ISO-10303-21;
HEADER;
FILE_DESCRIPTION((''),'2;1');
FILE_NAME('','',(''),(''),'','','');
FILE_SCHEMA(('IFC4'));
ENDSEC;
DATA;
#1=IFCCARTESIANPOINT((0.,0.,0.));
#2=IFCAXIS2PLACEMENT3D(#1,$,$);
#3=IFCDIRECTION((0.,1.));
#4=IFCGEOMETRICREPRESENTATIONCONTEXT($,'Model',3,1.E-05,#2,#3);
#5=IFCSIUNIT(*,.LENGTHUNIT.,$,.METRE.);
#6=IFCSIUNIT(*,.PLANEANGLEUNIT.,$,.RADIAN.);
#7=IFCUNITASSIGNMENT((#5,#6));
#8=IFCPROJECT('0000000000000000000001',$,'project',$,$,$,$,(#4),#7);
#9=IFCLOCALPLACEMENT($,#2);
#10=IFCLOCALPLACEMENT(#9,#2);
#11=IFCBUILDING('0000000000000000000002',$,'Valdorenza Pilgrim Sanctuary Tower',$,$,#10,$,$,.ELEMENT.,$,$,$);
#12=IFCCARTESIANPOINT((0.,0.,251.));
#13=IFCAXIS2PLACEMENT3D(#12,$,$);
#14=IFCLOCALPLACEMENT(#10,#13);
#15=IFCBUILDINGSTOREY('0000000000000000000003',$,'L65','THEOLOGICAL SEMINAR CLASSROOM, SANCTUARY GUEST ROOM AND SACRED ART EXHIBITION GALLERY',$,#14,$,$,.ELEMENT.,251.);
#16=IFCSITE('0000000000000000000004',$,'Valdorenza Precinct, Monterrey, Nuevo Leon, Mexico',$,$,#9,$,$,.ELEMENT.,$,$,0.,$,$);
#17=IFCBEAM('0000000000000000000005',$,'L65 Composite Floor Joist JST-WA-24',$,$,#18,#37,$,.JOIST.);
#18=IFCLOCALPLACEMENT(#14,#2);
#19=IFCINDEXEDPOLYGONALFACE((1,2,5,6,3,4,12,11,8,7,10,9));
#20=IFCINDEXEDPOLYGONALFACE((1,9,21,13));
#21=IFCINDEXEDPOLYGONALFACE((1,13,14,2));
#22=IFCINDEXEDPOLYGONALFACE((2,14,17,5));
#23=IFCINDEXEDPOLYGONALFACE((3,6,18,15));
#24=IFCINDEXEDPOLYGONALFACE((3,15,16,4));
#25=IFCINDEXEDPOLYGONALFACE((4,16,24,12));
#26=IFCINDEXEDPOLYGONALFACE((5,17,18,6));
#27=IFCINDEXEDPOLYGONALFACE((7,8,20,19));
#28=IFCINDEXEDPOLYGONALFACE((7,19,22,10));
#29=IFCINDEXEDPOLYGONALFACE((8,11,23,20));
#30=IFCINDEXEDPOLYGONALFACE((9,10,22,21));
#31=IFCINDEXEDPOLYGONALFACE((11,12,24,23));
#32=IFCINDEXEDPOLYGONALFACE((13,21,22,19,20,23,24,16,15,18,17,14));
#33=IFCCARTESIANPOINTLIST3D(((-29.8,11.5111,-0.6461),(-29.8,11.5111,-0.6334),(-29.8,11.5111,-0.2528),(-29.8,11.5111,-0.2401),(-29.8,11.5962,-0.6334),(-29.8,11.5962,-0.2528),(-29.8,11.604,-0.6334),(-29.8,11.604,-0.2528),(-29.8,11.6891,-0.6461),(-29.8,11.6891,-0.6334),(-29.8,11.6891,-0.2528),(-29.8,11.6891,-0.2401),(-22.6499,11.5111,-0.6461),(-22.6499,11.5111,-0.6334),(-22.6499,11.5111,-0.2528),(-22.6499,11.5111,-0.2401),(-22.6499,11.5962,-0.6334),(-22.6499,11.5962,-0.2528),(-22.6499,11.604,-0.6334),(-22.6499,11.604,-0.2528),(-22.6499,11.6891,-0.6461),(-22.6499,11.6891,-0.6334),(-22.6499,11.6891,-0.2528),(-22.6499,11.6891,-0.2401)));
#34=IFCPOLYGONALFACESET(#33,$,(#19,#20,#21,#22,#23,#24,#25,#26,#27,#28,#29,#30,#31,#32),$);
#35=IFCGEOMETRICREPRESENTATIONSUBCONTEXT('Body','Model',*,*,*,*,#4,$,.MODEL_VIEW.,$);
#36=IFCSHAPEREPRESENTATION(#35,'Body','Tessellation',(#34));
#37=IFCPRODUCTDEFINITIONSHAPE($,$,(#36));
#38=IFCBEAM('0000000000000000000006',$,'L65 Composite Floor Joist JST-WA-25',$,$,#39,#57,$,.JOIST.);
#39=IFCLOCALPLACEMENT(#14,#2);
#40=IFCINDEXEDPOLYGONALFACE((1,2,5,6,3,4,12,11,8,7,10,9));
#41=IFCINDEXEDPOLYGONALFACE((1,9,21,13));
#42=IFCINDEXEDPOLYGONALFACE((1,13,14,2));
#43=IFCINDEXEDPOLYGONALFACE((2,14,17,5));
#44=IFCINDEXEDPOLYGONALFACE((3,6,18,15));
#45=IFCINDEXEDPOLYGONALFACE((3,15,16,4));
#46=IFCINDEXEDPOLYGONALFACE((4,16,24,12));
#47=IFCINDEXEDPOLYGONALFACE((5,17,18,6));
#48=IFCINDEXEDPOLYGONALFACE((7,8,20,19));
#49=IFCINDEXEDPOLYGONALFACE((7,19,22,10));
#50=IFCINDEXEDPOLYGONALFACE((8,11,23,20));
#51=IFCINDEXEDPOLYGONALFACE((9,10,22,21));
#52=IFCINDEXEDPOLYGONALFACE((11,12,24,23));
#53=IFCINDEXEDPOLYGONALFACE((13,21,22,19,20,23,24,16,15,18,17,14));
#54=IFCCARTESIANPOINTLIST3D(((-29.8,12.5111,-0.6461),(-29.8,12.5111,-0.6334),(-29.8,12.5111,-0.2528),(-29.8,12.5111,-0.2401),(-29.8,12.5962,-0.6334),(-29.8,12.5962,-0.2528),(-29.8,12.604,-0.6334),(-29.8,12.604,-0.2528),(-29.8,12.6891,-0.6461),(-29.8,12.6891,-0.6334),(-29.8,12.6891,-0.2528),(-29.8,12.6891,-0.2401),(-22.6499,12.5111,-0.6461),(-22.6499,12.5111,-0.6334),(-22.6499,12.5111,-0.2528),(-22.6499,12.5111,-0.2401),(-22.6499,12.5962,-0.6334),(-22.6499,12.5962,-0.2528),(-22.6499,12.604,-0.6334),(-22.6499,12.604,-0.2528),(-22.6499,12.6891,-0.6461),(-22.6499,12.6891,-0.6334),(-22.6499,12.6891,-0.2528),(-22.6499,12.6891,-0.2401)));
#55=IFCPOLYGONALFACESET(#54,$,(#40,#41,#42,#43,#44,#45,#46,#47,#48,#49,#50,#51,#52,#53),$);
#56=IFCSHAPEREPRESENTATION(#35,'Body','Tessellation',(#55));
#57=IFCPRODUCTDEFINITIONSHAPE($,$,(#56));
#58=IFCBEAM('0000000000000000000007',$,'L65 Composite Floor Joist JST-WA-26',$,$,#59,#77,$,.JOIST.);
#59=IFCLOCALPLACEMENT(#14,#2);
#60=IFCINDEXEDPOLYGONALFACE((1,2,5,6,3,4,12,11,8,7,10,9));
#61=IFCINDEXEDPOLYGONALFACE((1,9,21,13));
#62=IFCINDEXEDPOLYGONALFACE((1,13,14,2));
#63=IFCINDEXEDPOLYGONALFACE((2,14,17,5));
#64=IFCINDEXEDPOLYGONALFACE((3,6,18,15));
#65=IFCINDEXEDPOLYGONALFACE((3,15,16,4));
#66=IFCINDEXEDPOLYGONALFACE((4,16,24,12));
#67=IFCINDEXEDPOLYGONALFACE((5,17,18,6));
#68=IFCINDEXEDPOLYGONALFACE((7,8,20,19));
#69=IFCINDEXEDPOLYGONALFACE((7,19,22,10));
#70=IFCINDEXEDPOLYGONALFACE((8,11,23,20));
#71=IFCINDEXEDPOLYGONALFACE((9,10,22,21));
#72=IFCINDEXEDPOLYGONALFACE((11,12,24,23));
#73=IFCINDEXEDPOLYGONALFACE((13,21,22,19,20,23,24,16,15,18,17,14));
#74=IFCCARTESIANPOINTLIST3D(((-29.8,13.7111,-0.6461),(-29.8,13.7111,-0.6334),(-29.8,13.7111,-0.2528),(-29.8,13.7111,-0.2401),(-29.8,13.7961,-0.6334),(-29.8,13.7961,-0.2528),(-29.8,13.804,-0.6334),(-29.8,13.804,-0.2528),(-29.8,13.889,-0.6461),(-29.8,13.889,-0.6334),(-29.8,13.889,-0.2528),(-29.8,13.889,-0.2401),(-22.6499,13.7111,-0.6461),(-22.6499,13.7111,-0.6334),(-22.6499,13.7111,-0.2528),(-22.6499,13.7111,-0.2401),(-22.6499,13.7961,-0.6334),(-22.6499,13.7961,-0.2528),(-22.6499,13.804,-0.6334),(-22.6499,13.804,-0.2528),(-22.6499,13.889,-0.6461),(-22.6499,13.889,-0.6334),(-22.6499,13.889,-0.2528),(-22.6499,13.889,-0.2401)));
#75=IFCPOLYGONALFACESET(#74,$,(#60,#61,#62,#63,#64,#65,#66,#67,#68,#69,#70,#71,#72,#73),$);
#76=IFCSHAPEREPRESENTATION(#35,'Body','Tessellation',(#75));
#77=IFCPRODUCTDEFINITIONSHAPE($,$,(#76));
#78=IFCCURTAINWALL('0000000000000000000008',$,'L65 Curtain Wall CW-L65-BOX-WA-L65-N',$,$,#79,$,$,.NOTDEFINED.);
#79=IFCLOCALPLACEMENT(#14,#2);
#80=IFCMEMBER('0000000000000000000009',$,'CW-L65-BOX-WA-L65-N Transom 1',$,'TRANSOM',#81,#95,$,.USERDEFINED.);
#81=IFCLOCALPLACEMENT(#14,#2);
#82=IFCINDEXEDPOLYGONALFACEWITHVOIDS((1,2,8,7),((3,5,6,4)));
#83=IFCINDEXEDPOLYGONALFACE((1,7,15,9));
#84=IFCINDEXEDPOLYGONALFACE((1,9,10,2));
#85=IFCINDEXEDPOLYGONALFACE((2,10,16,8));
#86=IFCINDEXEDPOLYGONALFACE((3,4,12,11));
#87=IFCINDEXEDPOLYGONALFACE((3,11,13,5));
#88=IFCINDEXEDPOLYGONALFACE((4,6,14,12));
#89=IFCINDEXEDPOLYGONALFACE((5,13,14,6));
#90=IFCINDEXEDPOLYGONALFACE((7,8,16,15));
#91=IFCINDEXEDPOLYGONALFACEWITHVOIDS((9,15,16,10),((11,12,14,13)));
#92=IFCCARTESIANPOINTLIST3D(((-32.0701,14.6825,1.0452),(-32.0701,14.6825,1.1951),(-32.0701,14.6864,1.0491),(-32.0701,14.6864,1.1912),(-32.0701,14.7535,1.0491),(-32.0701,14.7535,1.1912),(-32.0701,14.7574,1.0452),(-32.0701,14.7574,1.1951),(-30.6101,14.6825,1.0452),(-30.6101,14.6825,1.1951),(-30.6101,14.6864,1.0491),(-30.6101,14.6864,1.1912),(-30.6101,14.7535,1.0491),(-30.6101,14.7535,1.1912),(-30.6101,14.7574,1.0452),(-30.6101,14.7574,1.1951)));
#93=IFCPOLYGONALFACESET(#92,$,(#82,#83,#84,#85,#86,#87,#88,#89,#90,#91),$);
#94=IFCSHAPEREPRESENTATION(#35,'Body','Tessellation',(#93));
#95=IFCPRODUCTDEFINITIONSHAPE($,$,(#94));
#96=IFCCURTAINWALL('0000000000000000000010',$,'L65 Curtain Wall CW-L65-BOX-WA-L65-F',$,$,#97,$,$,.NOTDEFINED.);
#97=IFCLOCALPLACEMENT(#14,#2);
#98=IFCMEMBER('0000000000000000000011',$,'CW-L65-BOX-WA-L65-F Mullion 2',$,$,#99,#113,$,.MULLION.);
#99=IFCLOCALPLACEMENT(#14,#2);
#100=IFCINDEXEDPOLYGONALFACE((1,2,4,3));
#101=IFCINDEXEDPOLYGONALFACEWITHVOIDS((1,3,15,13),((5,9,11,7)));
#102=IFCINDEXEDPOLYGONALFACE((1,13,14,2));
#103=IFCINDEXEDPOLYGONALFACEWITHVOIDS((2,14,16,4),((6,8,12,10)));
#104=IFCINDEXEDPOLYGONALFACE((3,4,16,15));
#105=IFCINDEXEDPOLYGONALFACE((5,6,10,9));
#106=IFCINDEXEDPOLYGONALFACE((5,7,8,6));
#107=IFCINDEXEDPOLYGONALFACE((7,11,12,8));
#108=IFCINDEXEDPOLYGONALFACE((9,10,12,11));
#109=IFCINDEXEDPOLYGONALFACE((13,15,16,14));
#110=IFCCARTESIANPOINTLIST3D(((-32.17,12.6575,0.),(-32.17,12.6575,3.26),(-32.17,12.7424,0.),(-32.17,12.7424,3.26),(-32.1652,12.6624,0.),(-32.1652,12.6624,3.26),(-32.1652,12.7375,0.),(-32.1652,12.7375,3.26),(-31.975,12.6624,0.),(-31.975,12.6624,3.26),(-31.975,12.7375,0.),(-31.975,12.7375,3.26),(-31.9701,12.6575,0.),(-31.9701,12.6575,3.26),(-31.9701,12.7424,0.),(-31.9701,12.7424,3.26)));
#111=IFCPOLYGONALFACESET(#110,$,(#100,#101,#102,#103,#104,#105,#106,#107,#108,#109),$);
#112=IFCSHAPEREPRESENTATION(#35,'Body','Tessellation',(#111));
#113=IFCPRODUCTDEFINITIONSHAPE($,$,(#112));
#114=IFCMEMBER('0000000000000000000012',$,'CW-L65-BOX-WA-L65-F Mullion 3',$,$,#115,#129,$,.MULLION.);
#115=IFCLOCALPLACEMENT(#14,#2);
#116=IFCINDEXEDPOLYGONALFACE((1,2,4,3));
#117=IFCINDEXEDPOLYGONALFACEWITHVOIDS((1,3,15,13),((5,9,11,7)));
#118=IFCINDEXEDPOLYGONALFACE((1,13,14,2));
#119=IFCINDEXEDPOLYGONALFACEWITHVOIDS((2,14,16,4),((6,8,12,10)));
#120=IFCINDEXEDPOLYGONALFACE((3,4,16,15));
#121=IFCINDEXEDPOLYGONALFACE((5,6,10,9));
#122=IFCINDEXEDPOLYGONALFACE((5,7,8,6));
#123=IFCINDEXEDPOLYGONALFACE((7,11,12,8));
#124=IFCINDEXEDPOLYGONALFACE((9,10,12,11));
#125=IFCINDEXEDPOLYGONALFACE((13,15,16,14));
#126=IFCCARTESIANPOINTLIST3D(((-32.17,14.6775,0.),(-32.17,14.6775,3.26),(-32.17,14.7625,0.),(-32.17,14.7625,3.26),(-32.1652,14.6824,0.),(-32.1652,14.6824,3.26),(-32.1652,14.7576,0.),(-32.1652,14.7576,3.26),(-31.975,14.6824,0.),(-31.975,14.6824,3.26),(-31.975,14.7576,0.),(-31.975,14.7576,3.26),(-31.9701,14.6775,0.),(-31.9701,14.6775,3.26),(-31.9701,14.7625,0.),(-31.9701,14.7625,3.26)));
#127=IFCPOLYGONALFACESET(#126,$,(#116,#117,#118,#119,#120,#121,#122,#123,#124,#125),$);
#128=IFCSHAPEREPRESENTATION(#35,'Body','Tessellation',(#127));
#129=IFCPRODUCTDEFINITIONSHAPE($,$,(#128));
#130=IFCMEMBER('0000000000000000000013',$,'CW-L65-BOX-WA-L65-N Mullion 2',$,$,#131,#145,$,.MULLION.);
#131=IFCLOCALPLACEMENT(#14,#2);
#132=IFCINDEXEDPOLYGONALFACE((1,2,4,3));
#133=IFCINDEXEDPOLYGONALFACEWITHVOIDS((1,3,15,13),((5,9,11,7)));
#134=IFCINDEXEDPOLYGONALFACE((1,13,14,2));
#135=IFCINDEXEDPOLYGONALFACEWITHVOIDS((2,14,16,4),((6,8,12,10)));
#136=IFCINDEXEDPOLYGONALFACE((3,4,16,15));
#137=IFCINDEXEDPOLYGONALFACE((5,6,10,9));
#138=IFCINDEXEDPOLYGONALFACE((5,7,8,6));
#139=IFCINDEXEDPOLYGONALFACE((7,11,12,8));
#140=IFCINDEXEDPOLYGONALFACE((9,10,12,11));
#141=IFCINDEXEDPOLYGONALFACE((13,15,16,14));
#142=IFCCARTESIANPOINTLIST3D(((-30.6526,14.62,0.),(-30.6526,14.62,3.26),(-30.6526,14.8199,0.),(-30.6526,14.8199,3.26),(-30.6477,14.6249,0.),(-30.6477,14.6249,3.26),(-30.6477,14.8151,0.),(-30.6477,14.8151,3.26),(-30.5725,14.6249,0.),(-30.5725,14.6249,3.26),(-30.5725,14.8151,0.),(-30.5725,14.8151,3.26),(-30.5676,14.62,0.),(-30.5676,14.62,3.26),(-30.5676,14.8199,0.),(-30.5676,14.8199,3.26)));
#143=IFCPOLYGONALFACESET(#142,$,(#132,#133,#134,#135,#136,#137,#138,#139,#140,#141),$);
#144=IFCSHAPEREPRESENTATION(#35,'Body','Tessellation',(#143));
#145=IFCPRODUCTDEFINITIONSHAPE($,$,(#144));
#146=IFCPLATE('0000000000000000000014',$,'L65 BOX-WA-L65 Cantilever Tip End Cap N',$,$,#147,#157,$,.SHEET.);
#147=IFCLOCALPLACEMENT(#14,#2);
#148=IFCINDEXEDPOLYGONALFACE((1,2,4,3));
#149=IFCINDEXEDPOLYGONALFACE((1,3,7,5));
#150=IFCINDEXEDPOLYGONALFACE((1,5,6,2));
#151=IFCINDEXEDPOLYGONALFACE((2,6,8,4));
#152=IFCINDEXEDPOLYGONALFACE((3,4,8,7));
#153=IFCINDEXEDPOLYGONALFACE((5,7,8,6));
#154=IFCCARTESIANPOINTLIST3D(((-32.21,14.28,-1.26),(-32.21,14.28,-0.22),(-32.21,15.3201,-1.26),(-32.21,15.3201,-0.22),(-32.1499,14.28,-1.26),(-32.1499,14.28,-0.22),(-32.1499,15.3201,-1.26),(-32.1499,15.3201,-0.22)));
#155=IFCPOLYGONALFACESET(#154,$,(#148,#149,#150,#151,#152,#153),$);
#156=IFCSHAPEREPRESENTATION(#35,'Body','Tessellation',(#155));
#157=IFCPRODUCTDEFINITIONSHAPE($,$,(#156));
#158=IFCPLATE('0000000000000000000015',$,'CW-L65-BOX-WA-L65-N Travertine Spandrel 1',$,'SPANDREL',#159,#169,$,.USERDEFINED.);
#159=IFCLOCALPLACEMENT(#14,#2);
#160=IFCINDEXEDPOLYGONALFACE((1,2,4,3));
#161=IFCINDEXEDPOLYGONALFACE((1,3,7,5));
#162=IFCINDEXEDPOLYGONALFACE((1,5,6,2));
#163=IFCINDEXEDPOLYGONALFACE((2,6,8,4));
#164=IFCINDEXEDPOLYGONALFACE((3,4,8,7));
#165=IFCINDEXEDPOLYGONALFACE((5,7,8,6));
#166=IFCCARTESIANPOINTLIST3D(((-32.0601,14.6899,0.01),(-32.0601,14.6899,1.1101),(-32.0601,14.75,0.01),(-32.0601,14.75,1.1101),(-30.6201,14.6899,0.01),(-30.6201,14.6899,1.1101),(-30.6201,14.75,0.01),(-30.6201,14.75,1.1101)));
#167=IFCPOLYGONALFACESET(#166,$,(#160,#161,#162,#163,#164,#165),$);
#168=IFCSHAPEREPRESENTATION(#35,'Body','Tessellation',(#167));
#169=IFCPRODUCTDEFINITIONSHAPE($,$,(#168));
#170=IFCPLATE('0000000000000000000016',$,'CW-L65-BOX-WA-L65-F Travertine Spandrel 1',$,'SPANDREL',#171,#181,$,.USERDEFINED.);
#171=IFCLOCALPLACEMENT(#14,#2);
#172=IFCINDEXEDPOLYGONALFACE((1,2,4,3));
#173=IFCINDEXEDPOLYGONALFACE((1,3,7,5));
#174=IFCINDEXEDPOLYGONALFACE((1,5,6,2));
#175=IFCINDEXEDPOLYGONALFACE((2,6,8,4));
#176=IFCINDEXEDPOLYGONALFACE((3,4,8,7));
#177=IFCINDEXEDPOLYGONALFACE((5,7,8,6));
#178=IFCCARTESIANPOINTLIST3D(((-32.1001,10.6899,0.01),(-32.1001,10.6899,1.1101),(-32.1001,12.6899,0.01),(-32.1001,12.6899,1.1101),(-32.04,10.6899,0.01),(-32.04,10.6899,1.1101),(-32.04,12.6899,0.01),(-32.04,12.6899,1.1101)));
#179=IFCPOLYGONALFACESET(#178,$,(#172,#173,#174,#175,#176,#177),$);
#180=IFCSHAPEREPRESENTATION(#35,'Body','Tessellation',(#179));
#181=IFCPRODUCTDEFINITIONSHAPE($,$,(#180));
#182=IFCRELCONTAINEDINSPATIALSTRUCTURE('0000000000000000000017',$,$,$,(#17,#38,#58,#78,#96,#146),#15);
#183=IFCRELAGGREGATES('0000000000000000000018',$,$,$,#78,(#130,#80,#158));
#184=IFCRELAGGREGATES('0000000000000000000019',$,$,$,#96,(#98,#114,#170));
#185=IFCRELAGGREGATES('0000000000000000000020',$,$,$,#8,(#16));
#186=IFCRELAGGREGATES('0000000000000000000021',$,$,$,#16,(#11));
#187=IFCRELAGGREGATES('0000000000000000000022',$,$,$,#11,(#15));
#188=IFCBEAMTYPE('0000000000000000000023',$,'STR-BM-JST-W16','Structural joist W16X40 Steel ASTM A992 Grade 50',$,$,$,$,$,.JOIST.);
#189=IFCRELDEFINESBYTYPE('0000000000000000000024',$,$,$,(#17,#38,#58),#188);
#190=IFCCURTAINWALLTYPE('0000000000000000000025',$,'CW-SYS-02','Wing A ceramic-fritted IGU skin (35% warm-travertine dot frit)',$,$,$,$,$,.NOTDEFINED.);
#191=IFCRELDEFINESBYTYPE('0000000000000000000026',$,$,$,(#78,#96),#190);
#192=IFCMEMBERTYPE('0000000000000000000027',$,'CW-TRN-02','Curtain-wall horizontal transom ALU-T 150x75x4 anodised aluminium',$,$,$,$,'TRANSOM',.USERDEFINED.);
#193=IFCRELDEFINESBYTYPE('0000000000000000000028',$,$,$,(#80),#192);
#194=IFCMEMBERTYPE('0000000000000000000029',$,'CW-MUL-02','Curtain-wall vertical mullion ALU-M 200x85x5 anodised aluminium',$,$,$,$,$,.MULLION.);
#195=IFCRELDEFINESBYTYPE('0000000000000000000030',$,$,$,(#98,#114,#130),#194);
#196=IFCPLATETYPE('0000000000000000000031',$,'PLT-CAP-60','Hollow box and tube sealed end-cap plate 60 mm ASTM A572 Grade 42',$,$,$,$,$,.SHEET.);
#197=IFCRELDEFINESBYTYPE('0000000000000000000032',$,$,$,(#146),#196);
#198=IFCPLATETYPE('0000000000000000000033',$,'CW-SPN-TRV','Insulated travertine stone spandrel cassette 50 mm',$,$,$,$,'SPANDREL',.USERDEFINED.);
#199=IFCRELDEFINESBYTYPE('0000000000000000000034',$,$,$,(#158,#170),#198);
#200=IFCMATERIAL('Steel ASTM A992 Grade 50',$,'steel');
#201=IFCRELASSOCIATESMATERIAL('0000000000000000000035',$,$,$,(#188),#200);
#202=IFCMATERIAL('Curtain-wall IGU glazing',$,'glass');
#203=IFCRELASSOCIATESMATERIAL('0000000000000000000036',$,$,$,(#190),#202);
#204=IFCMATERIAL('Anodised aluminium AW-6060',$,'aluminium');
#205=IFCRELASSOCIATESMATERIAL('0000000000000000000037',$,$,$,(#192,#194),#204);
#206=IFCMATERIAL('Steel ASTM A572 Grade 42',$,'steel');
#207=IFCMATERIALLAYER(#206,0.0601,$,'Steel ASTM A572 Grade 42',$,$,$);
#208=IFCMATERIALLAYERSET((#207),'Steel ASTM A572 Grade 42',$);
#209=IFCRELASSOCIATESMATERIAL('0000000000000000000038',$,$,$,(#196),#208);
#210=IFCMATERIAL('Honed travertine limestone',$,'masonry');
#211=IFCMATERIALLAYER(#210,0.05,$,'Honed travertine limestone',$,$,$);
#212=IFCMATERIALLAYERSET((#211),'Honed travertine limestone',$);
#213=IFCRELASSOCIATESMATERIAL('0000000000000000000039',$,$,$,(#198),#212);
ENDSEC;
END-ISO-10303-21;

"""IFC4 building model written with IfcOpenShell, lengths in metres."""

from ifc_helpers import new_model, si_unit, direction, frame, origin, origin_2d, place, context, subcontext, project, spatial, rectangle, hollow_rectangle, i_section, extrude, source, transform, mapped, material, layer, layer_set, material_profile, profile_set, type_object, element, aggregate, save


model = new_model("IFC4")

# Units and contexts
model_context = context("Model", 3, precision=1e-05, world=origin(), true_north=direction((0.0, 1.0)))
body_context = subcontext(model_context, "Body", "Model", "MODEL_VIEW")
ifc_project = project(units=[si_unit("LENGTHUNIT", "METRE"), si_unit("PLANEANGLEUNIT", "RADIAN")], contexts=[model_context])

# Site, building, storey
site_placement = place(None, origin())
site = spatial("IfcSite", under=ifc_project, at=site_placement, Name="Valdorenza Precinct, Monterrey, Nuevo Leon, Mexico", CompositionType="ELEMENT", RefElevation=0.0)
building_placement = place(site_placement, origin())
building = spatial("IfcBuilding", under=site, at=building_placement, Name="Valdorenza Pilgrim Sanctuary Tower", CompositionType="ELEMENT")
storey_placement = place(building_placement, frame((0.0, 0.0, 251.0)))
storey = spatial("IfcBuildingStorey", under=building, at=storey_placement, Name="L65", Description="THEOLOGICAL SEMINAR CLASSROOM, SANCTUARY GUEST ROOM AND SACRED ART EXHIBITION GALLERY", CompositionType="ELEMENT", Elevation=251.0)

# Beams
ifc_material_1 = material(Name="Steel ASTM A992 Grade 50", Category="steel")
ifc_material_profile_1 = material_profile(ifc_material_1, i_section(OverallWidth=0.178, OverallDepth=0.406, WebThickness=0.0078, FlangeThickness=0.0127, at=origin_2d()), Name="W16X40")
ifc_profile_set_1 = profile_set([ifc_material_profile_1], Name="Steel ASTM A992 Grade 50")
beam_type = type_object("IfcBeamType", Name="STR-BM-JST-W16", Description="Structural joist W16X40 Steel ASTM A992 Grade 50", PredefinedType="JOIST", material=ifc_profile_set_1)
shared_shape_1 = source(origin(), body_context, "Body", "SweptSolid", [
    extrude(i_section(OverallWidth=0.178, OverallDepth=0.406, WebThickness=0.0078, FlangeThickness=0.0127, at=origin_2d()), origin(), (0.0, 0.0, 1.0), 7.1501),
])
for number, where, z_axis, x_axis, name in (
    (1, (-29.8, 11.6001, -0.4431), (1.0, 0.0, 0.0), (0.0, 1.0, 0.0), "L65 Composite Floor Joist JST-WA-24"),
    (2, (-29.8, 12.6001, -0.4431), (1.0, 0.0, 0.0), (0.0, 1.0, 0.0), "L65 Composite Floor Joist JST-WA-25"),
    (3, (-29.8, 13.8, -0.4431), (1.0, 0.0, 0.0), (0.0, 1.0, 0.0), "L65 Composite Floor Joist JST-WA-26"),
):
    element("IfcBeam", number, at=place(storey_placement, frame(where, z_axis=z_axis, x_axis=x_axis)), inside=storey, type_object=beam_type, Name=name, PredefinedType="JOIST", context=body_context, shape_type="MappedRepresentation", body=[
        mapped(shared_shape_1, transform((0.0, 0.0, 0.0), x_axis=(1.0, 0.0, 0.0), y_axis=(0.0, 1.0, 0.0), z_axis=(0.0, 0.0, 1.0), scale=1.0)),
    ])

# Curtain wall, member
ifc_material_2 = material(Name="Curtain-wall IGU glazing", Category="glass")
curtain_wall_type = type_object("IfcCurtainWallType", Name="CW-SYS-02", Description="Wing A ceramic-fritted IGU skin (35% warm-travertine dot frit)", PredefinedType="NOTDEFINED", material=ifc_material_2)
curtain_wall_1_placement = place(storey_placement, origin())
curtain_wall_1 = element("IfcCurtainWall", 4, at=curtain_wall_1_placement, inside=storey, type_object=curtain_wall_type, Name="L65 Curtain Wall CW-L65-BOX-WA-L65-N", PredefinedType="NOTDEFINED")
ifc_material_3 = material(Name="Anodised aluminium AW-6060", Category="aluminium")
ifc_material_profile_2 = material_profile(ifc_material_3, hollow_rectangle(XDim=0.075, YDim=0.1499, WallThickness=0.0039, at=origin_2d()), Name="ALU-T 150x75x4")
ifc_profile_set_2 = profile_set([ifc_material_profile_2], Name="Anodised aluminium AW-6060")
member_type_1 = type_object("IfcMemberType", Name="CW-TRN-02", Description="Curtain-wall horizontal transom ALU-T 150x75x4 anodised aluminium", ElementType="TRANSOM", PredefinedType="USERDEFINED", material=ifc_profile_set_2)
shared_shape_2 = source(origin(), body_context, "Body", "SweptSolid", [
    extrude(hollow_rectangle(XDim=0.075, YDim=0.1499, WallThickness=0.0039, at=origin_2d()), origin(), (0.0, 0.0, 1.0), 1.46),
])
member_1_placement = place(storey_placement, frame((-32.0701, 14.72, 1.1201), z_axis=(1.0, 0.0, 0.0), x_axis=(0.0, 1.0, 0.0)))
member_1 = element("IfcMember", 5, at=member_1_placement, type_object=member_type_1, Name="CW-L65-BOX-WA-L65-N Transom 1", ObjectType="TRANSOM", PredefinedType="USERDEFINED", context=body_context, shape_type="MappedRepresentation", body=[
    mapped(shared_shape_2, transform((0.0, 0.0, 0.0), x_axis=(1.0, 0.0, 0.0), y_axis=(0.0, 1.0, 0.0), z_axis=(0.0, 0.0, 1.0), scale=1.0)),
])

# Curtain wall, members
curtain_wall_2_placement = place(storey_placement, origin())
curtain_wall_2 = element("IfcCurtainWall", 6, at=curtain_wall_2_placement, inside=storey, type_object=curtain_wall_type, Name="L65 Curtain Wall CW-L65-BOX-WA-L65-F", PredefinedType="NOTDEFINED")
ifc_material_profile_3 = material_profile(ifc_material_3, hollow_rectangle(XDim=0.085, YDim=0.2, WallThickness=0.0049, at=origin_2d()), Name="ALU-M 200x85x5")
ifc_profile_set_3 = profile_set([ifc_material_profile_3], Name="Anodised aluminium AW-6060")
member_type_2 = type_object("IfcMemberType", Name="CW-MUL-02", Description="Curtain-wall vertical mullion ALU-M 200x85x5 anodised aluminium", PredefinedType="MULLION", material=ifc_profile_set_3)
shared_shape_3 = source(origin(), body_context, "Body", "SweptSolid", [
    extrude(hollow_rectangle(XDim=0.085, YDim=0.2, WallThickness=0.0049, at=origin_2d()), origin(), (0.0, 0.0, 1.0), 3.26),
])
member_2_placement = place(storey_placement, frame((-32.0701, 12.7, 0.0), z_axis=(0.0, 0.0, 1.0), x_axis=(0.0, 1.0, 0.0)))
member_2 = element("IfcMember", 7, at=member_2_placement, type_object=member_type_2, Name="CW-L65-BOX-WA-L65-F Mullion 2", PredefinedType="MULLION", context=body_context, shape_type="MappedRepresentation", body=[
    mapped(shared_shape_3, transform((0.0, 0.0, 0.0), x_axis=(1.0, 0.0, 0.0), y_axis=(0.0, 1.0, 0.0), z_axis=(0.0, 0.0, 1.0), scale=1.0)),
])
member_3_placement = place(storey_placement, frame((-32.0701, 14.72, 0.0), z_axis=(0.0, 0.0, 1.0), x_axis=(0.0, 1.0, 0.0)))
member_3 = element("IfcMember", 8, at=member_3_placement, type_object=member_type_2, Name="CW-L65-BOX-WA-L65-F Mullion 3", PredefinedType="MULLION", context=body_context, shape_type="MappedRepresentation", body=[
    mapped(shared_shape_3, transform((0.0, 0.0, 0.0), x_axis=(1.0, 0.0, 0.0), y_axis=(0.0, 1.0, 0.0), z_axis=(0.0, 0.0, 1.0), scale=1.0)),
])

# Member
member_4_placement = place(storey_placement, frame((-30.6101, 14.72, 0.0), z_axis=(0.0, 0.0, 1.0), x_axis=(1.0, 0.0, 0.0)))
member_4 = element("IfcMember", 9, at=member_4_placement, type_object=member_type_2, Name="CW-L65-BOX-WA-L65-N Mullion 2", PredefinedType="MULLION", context=body_context, shape_type="MappedRepresentation", body=[
    mapped(shared_shape_3, transform((0.0, 0.0, 0.0), x_axis=(1.0, 0.0, 0.0), y_axis=(0.0, 1.0, 0.0), z_axis=(0.0, 0.0, 1.0), scale=1.0)),
])

# Plates
ifc_material_4 = material(Name="Steel ASTM A572 Grade 42", Category="steel")
ifc_layer_1 = layer(ifc_material_4, 0.0601, Name="Steel ASTM A572 Grade 42")
ifc_layer_set_1 = layer_set([ifc_layer_1], Name="Steel ASTM A572 Grade 42")
plate_type_1 = type_object("IfcPlateType", Name="PLT-CAP-60", Description="Hollow box and tube sealed end-cap plate 60 mm ASTM A572 Grade 42", PredefinedType="SHEET", material=ifc_layer_set_1)
shared_shape_4 = source(origin(), body_context, "Body", "SweptSolid", [
    extrude(rectangle(XDim=0.0601, YDim=1.04, at=origin_2d()), origin(), (0.0, 0.0, 1.0), 1.04),
])
plate_1_placement = place(storey_placement, frame((-32.1799, 14.8, -1.26), z_axis=(0.0, 0.0, 1.0), x_axis=(1.0, 0.0, 0.0)))
element("IfcPlate", 10, at=plate_1_placement, inside=storey, type_object=plate_type_1, Name="L65 BOX-WA-L65 Cantilever Tip End Cap N", PredefinedType="SHEET", context=body_context, shape_type="MappedRepresentation", body=[
    mapped(shared_shape_4, transform((0.0, 0.0, 0.0), x_axis=(1.0, 0.0, 0.0), y_axis=(0.0, 1.0, 0.0), z_axis=(0.0, 0.0, 1.0), scale=1.0)),
])
ifc_material_5 = material(Name="Honed travertine limestone", Category="masonry")
ifc_layer_2 = layer(ifc_material_5, 0.05, Name="Honed travertine limestone")
ifc_layer_set_2 = layer_set([ifc_layer_2], Name="Honed travertine limestone")
plate_type_2 = type_object("IfcPlateType", Name="CW-SPN-TRV", Description="Insulated travertine stone spandrel cassette 50 mm", ElementType="SPANDREL", PredefinedType="USERDEFINED", material=ifc_layer_set_2)
shared_shape_5 = source(origin(), body_context, "Body", "SweptSolid", [
    extrude(rectangle(XDim=1.4399, YDim=0.0601, at=origin_2d()), origin(), (0.0, 0.0, 1.0), 1.1001),
])
plate_2_placement = place(storey_placement, frame((-31.3401, 14.72, 0.01), z_axis=(0.0, 0.0, 1.0), x_axis=(1.0, 0.0, 0.0)))
plate_2 = element("IfcPlate", 11, at=plate_2_placement, type_object=plate_type_2, Name="CW-L65-BOX-WA-L65-N Travertine Spandrel 1", ObjectType="SPANDREL", PredefinedType="USERDEFINED", context=body_context, shape_type="MappedRepresentation", body=[
    mapped(shared_shape_5, transform((0.0, 0.0, 0.0), x_axis=(1.0, 0.0, 0.0), y_axis=(0.0, 1.0, 0.0), z_axis=(0.0, 0.0, 1.0), scale=1.0)),
])
shared_shape_6 = source(origin(), body_context, "Body", "SweptSolid", [
    extrude(rectangle(XDim=2.0, YDim=0.0601, at=origin_2d()), origin(), (0.0, 0.0, 1.0), 1.1001),
])
plate_3_placement = place(storey_placement, frame((-32.0701, 11.6899, 0.01), z_axis=(0.0, 0.0, 1.0), x_axis=(0.0, 1.0, 0.0)))
plate_3 = element("IfcPlate", 12, at=plate_3_placement, type_object=plate_type_2, Name="CW-L65-BOX-WA-L65-F Travertine Spandrel 1", ObjectType="SPANDREL", PredefinedType="USERDEFINED", context=body_context, shape_type="MappedRepresentation", body=[
    mapped(shared_shape_6, transform((0.0, 0.0, 0.0), x_axis=(1.0, 0.0, 0.0), y_axis=(0.0, 1.0, 0.0), z_axis=(0.0, 0.0, 1.0), scale=1.0)),
])
aggregate(curtain_wall_1, [member_4, member_1, plate_2])
aggregate(curtain_wall_2, [member_2, member_3, plate_3])

save(model, "model.ifc")
